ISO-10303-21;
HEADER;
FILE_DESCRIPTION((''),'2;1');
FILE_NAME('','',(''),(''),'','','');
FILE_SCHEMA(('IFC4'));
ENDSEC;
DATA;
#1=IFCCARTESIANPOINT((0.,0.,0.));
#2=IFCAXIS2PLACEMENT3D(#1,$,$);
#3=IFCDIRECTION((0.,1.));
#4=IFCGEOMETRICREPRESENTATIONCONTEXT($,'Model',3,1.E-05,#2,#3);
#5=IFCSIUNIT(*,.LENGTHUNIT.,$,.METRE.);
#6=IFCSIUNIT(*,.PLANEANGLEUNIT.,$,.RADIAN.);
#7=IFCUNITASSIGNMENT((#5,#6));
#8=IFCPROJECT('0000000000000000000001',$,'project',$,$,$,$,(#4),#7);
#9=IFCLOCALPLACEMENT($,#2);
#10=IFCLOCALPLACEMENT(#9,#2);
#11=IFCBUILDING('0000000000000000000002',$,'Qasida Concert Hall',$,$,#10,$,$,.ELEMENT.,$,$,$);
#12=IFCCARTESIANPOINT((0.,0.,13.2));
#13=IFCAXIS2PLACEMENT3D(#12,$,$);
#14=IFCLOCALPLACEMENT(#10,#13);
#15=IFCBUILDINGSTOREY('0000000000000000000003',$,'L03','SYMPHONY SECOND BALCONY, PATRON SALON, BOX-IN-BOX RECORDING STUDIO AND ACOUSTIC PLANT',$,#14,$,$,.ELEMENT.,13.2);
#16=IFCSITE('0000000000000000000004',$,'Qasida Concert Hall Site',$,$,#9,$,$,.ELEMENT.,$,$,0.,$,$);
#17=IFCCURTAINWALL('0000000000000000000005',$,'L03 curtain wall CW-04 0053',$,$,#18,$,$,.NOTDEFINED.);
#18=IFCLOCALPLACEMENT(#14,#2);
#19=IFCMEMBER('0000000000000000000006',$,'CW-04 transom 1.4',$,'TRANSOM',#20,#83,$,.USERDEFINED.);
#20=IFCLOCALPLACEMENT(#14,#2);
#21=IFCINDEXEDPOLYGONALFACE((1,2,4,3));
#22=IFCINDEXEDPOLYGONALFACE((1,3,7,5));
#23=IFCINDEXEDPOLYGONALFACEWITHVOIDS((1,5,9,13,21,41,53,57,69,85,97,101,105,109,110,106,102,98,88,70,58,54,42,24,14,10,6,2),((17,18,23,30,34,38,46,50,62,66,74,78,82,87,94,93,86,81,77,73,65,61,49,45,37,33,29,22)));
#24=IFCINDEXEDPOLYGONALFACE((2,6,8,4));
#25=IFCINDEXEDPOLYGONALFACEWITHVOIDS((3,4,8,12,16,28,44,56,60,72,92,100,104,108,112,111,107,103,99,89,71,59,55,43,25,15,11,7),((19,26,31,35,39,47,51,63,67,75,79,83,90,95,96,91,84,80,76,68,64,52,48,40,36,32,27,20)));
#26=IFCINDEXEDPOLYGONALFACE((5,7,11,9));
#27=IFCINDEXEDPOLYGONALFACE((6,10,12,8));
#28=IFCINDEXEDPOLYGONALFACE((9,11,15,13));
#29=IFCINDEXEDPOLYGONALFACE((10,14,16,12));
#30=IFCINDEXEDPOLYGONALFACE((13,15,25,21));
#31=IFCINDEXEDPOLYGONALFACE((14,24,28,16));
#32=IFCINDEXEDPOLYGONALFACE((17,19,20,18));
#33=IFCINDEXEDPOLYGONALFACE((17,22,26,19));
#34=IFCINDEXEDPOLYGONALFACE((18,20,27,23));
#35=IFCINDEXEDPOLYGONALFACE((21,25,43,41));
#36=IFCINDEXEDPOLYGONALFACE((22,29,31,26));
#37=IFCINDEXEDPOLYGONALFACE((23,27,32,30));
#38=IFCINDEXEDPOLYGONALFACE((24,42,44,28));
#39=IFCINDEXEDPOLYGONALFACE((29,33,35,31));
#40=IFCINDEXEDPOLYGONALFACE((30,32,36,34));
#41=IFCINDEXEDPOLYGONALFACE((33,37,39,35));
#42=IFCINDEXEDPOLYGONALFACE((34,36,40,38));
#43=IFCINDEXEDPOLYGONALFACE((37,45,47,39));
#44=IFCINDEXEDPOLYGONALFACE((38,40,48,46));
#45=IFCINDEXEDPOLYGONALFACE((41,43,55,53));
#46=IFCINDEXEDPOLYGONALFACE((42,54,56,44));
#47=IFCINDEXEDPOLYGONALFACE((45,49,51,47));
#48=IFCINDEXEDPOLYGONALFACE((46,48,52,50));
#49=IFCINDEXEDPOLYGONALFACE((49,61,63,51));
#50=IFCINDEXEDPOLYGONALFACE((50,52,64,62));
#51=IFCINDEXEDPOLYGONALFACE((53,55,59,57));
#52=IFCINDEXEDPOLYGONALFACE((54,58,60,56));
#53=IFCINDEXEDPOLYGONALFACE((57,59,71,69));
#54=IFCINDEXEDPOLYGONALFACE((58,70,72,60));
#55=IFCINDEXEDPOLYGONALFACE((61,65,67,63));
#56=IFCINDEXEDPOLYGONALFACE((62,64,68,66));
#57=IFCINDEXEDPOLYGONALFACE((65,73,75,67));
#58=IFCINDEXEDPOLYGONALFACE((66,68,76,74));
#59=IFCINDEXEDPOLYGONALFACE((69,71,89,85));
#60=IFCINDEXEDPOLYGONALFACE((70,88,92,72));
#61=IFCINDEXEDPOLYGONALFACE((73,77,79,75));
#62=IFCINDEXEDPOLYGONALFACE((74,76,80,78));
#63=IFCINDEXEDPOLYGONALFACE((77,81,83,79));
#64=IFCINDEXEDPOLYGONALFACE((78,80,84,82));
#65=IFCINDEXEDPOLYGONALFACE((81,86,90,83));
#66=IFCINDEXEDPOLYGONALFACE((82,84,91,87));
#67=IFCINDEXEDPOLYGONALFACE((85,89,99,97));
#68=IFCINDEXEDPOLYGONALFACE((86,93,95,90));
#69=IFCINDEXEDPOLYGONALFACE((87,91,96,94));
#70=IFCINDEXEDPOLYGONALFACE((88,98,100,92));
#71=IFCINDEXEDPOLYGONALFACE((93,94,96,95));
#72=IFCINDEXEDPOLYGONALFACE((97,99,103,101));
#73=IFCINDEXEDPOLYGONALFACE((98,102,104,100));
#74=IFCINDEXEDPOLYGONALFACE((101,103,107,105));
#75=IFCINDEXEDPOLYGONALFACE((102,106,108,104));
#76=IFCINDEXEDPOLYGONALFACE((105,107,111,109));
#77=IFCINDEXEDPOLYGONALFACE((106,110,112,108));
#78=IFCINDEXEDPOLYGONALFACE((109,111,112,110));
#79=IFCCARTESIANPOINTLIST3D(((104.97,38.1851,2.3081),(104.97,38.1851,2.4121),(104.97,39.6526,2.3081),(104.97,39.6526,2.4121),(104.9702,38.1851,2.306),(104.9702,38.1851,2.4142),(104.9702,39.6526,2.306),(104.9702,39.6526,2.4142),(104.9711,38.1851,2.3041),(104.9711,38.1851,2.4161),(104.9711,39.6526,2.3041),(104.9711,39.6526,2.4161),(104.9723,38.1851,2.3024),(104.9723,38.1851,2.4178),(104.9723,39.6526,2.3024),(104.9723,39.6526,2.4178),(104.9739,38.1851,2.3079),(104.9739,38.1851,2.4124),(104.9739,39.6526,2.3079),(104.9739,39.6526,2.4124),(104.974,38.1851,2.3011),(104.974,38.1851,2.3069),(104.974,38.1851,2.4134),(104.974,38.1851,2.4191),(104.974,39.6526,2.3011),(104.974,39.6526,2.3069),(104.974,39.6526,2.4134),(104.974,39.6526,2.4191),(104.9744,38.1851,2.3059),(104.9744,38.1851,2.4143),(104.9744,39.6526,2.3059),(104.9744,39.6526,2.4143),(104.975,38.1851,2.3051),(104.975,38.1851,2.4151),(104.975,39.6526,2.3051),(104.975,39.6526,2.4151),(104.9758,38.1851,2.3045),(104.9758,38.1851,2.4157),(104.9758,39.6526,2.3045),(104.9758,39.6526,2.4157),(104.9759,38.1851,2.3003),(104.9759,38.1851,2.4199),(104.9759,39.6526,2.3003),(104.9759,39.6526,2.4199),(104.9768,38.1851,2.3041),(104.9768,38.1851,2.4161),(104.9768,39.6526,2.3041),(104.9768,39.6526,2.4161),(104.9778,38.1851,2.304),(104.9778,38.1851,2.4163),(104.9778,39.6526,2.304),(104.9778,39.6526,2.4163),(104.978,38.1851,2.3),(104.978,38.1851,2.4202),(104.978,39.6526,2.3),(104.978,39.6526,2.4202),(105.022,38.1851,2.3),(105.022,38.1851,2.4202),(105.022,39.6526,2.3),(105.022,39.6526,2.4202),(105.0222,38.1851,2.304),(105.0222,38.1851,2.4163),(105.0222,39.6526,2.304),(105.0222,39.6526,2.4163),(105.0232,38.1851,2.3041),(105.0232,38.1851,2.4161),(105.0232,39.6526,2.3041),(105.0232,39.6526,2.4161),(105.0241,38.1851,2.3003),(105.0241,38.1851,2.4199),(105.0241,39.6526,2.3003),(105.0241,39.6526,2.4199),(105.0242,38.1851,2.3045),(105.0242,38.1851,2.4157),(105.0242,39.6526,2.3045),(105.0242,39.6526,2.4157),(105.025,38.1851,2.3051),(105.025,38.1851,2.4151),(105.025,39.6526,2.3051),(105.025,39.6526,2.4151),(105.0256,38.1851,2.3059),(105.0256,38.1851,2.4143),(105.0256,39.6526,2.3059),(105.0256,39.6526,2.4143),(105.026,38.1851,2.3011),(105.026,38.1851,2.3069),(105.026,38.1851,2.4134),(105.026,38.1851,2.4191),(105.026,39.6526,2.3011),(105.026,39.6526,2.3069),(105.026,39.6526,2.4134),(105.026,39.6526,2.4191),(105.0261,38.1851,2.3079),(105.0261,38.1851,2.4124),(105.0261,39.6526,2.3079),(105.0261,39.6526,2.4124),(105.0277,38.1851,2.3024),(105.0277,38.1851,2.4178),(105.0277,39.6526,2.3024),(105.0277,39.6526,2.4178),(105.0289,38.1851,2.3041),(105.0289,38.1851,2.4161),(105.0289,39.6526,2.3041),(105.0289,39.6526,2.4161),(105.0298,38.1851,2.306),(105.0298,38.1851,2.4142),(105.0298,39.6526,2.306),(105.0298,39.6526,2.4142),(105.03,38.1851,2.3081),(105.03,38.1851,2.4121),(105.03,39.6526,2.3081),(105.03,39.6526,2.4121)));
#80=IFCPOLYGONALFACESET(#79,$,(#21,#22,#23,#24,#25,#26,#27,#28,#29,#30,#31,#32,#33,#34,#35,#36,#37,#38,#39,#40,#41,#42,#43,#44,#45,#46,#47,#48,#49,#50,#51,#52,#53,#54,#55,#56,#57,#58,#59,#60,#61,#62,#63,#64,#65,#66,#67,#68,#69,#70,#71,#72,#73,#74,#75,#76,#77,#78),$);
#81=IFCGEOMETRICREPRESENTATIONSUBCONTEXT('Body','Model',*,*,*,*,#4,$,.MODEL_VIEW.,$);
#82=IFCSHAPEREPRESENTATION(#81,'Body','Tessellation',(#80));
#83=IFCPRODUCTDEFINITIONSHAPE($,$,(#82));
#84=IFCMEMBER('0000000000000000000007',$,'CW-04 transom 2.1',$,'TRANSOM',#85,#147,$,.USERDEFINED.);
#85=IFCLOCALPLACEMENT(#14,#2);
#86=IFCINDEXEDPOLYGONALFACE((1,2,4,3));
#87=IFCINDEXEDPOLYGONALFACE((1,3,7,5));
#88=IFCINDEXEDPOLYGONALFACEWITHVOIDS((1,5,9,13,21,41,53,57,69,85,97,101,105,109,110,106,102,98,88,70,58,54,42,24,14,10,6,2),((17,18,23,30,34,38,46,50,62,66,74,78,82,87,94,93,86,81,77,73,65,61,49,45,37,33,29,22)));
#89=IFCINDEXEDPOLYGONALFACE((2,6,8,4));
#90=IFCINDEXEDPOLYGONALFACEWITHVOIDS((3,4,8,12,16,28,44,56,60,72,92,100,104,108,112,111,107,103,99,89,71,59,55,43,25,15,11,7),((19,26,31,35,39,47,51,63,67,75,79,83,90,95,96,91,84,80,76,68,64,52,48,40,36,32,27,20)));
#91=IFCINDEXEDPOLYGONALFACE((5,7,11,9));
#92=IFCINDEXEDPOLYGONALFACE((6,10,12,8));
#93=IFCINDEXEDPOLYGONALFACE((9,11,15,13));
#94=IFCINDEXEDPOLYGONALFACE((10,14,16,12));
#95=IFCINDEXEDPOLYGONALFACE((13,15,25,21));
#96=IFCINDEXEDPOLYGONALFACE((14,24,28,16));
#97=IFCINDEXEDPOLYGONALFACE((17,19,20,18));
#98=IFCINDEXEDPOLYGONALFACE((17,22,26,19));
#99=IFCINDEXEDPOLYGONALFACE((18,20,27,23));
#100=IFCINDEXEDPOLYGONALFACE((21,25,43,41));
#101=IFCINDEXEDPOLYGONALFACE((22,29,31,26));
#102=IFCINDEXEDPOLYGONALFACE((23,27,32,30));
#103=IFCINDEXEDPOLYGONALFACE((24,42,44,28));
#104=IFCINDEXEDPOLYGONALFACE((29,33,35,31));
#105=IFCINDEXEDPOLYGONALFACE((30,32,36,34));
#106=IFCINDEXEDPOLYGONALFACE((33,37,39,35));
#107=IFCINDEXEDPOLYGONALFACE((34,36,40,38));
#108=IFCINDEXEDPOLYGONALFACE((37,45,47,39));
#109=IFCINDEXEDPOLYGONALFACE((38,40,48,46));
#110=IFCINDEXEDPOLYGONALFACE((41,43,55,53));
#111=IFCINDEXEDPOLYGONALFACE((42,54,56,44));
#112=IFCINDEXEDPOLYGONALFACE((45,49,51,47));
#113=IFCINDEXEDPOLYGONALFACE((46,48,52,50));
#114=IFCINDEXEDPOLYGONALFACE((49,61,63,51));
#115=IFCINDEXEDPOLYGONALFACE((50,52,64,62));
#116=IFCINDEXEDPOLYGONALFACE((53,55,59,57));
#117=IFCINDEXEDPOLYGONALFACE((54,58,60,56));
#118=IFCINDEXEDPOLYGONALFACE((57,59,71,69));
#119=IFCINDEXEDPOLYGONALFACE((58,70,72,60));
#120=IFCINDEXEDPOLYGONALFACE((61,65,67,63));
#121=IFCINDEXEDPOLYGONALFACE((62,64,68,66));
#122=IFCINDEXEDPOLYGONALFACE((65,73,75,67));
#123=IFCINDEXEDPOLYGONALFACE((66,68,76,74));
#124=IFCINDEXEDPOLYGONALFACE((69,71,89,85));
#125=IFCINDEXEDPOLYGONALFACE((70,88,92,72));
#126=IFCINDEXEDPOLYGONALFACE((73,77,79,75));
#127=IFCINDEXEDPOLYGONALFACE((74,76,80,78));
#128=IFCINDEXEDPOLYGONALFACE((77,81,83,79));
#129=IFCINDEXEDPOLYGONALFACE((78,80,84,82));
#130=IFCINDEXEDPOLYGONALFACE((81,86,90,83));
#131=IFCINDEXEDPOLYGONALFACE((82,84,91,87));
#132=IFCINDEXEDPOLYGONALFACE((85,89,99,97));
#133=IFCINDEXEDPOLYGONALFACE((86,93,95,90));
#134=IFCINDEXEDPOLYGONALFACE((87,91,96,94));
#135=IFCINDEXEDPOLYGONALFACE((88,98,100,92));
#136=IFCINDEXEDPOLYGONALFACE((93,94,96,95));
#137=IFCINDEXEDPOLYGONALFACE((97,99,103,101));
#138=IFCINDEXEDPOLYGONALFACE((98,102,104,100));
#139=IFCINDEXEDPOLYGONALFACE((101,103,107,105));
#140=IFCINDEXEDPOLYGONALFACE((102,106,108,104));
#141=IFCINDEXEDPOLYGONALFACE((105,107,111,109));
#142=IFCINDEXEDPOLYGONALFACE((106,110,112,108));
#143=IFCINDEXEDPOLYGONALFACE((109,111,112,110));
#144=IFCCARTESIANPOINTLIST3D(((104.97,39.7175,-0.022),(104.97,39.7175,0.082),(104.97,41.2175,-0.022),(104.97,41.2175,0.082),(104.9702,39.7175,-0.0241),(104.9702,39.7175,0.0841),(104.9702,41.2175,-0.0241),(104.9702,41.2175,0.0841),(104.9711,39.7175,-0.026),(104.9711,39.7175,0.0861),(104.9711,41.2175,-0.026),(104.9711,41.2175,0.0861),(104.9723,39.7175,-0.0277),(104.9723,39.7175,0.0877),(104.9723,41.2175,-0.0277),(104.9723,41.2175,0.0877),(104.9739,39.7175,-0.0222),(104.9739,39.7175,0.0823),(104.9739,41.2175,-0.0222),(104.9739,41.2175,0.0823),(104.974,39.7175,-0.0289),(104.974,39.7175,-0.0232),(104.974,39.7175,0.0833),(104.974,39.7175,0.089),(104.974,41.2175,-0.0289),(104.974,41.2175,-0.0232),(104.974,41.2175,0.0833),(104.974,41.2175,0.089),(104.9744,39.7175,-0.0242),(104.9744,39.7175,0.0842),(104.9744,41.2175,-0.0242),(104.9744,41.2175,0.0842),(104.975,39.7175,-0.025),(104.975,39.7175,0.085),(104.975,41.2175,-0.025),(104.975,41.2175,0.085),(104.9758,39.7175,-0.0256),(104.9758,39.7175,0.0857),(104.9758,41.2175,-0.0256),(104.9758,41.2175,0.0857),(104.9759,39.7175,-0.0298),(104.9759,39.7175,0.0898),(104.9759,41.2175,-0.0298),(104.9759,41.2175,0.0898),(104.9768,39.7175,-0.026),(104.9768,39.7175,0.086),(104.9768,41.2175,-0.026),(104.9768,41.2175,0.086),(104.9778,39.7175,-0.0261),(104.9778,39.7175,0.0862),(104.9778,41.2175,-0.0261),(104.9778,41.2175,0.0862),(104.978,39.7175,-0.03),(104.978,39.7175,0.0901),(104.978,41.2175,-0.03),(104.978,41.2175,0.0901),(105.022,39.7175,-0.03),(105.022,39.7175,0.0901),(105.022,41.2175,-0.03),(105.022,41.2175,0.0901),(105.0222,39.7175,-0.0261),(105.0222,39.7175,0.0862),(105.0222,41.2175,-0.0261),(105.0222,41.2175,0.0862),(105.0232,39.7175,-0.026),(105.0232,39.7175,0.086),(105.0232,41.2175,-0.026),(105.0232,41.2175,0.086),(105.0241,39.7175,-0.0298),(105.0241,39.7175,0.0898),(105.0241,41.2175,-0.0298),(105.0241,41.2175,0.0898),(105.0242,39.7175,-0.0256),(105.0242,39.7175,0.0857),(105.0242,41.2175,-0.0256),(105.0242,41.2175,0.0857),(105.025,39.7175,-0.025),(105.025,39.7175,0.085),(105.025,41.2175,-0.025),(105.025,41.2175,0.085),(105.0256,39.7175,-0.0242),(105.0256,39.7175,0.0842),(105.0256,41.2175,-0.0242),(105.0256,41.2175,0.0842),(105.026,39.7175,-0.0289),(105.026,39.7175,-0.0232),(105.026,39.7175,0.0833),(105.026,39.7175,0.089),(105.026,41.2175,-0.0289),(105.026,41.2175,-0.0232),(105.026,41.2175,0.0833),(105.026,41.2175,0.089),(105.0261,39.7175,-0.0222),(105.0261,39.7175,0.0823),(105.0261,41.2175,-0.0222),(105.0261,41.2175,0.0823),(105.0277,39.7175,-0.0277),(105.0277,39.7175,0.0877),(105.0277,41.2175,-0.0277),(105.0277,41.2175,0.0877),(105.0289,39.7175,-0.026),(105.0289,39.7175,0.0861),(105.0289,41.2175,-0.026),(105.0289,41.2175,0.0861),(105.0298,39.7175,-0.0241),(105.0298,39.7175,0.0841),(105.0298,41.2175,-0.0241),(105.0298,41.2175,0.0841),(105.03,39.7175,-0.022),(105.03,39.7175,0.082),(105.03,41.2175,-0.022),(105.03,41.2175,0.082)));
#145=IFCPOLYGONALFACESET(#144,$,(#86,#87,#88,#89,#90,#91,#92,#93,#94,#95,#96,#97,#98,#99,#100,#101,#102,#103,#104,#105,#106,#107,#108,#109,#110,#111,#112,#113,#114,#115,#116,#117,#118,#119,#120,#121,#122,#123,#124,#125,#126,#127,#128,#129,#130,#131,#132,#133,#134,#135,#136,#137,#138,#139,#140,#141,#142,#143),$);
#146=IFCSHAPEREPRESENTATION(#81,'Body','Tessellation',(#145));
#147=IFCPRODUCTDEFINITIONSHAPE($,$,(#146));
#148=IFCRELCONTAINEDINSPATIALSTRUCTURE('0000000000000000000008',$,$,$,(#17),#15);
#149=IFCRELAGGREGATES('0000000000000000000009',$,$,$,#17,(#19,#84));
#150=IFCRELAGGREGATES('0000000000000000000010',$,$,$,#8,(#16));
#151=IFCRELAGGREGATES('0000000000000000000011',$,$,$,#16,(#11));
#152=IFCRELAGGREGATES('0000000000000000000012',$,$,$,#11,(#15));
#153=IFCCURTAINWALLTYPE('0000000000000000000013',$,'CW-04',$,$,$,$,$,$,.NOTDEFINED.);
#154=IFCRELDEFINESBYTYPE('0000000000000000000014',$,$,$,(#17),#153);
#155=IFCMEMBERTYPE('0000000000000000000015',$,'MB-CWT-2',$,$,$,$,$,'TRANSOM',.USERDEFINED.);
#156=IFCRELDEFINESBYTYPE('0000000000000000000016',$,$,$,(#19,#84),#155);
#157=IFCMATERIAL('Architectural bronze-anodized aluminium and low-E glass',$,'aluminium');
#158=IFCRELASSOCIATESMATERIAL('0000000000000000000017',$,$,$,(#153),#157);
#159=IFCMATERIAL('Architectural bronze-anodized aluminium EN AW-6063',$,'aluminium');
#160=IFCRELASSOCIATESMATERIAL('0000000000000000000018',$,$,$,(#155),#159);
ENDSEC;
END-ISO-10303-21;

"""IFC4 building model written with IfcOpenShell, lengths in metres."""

from ifc_helpers import new_model, si_unit, direction, frame, origin, origin_2d, place, context, subcontext, project, spatial, hollow_rectangle, extrude, material, material_profile, profile_set, type_object, element, aggregate, save


model = new_model("IFC4")

# Units and contexts
model_context = context("Model", 3, precision=1e-05, world=origin(), true_north=direction((0.0, 1.0)))
body_context = subcontext(model_context, "Body", "Model", "MODEL_VIEW")
ifc_project = project(units=[si_unit("LENGTHUNIT", "METRE"), si_unit("PLANEANGLEUNIT", "RADIAN")], contexts=[model_context])

# Site, building, storey
site_placement = place(None, origin())
site = spatial("IfcSite", under=ifc_project, at=site_placement, Name="Qasida Concert Hall Site", CompositionType="ELEMENT", RefElevation=0.0)
building_placement = place(site_placement, origin())
building = spatial("IfcBuilding", under=site, at=building_placement, Name="Qasida Concert Hall", CompositionType="ELEMENT")
storey_placement = place(building_placement, frame((0.0, 0.0, 13.2)))
storey = spatial("IfcBuildingStorey", under=building, at=storey_placement, Name="L03", Description="SYMPHONY SECOND BALCONY, PATRON SALON, BOX-IN-BOX RECORDING STUDIO AND ACOUSTIC PLANT", CompositionType="ELEMENT", Elevation=13.2)

# Curtain wall
ifc_material_1 = material(Name="Architectural bronze-anodized aluminium and low-E glass", Category="aluminium")
curtain_wall_type = type_object("IfcCurtainWallType", Name="CW-04", PredefinedType="NOTDEFINED", material=ifc_material_1)
ifc_material_2 = material(Name="Architectural bronze-anodized aluminium EN AW-6063", Category="aluminium")
curtain_wall_1_placement = place(storey_placement, origin())
curtain_wall_1 = element("IfcCurtainWall", 1, at=curtain_wall_1_placement, inside=storey, type_object=curtain_wall_type, Name="L03 curtain wall CW-04 0053", PredefinedType="NOTDEFINED")

# Members
ifc_material_profile_1 = material_profile(ifc_material_2, hollow_rectangle(XDim=0.0601, YDim=0.1201, WallThickness=0.0039, InnerFilletRadius=0.0039, OuterFilletRadius=0.0081, at=origin_2d()), Name="CWT 120x60x4")
ifc_profile_set_1 = profile_set([ifc_material_profile_1], Name="Architectural bronze-anodized aluminium EN AW-6063")
member_type_1 = type_object("IfcMemberType", Name="MB-CWT-2", ElementType="TRANSOM", PredefinedType="USERDEFINED", material=ifc_profile_set_1)
member_1_placement = place(storey_placement, frame((105.0, 38.1851, 2.3601), z_axis=(0.0, 1.0, 0.0), x_axis=(-1.0, 0.0, 0.0)))
member_1 = element("IfcMember", 2, at=member_1_placement, type_object=member_type_1, Name="CW-04 transom 1.4", ObjectType="TRANSOM", PredefinedType="USERDEFINED", context=body_context, shape_type="SweptSolid", body=[
    extrude(hollow_rectangle(XDim=0.0601, YDim=0.1201, WallThickness=0.0039, InnerFilletRadius=0.0039, OuterFilletRadius=0.0081, at=origin_2d()), origin(), (0.0, 0.0, 1.0), 1.4675),
])
member_2_placement = place(storey_placement, frame((105.0, 39.7175, 0.03), z_axis=(0.0, 1.0, 0.0), x_axis=(-1.0, 0.0, 0.0)))
member_2 = element("IfcMember", 3, at=member_2_placement, type_object=member_type_1, Name="CW-04 transom 2.1", ObjectType="TRANSOM", PredefinedType="USERDEFINED", context=body_context, shape_type="SweptSolid", body=[
    extrude(hollow_rectangle(XDim=0.0601, YDim=0.1201, WallThickness=0.0039, InnerFilletRadius=0.0039, OuterFilletRadius=0.0081, at=origin_2d()), origin(), (0.0, 0.0, 1.0), 1.5),
])

aggregate(curtain_wall_1, [member_1, member_2])

save(model, "model.ifc")
